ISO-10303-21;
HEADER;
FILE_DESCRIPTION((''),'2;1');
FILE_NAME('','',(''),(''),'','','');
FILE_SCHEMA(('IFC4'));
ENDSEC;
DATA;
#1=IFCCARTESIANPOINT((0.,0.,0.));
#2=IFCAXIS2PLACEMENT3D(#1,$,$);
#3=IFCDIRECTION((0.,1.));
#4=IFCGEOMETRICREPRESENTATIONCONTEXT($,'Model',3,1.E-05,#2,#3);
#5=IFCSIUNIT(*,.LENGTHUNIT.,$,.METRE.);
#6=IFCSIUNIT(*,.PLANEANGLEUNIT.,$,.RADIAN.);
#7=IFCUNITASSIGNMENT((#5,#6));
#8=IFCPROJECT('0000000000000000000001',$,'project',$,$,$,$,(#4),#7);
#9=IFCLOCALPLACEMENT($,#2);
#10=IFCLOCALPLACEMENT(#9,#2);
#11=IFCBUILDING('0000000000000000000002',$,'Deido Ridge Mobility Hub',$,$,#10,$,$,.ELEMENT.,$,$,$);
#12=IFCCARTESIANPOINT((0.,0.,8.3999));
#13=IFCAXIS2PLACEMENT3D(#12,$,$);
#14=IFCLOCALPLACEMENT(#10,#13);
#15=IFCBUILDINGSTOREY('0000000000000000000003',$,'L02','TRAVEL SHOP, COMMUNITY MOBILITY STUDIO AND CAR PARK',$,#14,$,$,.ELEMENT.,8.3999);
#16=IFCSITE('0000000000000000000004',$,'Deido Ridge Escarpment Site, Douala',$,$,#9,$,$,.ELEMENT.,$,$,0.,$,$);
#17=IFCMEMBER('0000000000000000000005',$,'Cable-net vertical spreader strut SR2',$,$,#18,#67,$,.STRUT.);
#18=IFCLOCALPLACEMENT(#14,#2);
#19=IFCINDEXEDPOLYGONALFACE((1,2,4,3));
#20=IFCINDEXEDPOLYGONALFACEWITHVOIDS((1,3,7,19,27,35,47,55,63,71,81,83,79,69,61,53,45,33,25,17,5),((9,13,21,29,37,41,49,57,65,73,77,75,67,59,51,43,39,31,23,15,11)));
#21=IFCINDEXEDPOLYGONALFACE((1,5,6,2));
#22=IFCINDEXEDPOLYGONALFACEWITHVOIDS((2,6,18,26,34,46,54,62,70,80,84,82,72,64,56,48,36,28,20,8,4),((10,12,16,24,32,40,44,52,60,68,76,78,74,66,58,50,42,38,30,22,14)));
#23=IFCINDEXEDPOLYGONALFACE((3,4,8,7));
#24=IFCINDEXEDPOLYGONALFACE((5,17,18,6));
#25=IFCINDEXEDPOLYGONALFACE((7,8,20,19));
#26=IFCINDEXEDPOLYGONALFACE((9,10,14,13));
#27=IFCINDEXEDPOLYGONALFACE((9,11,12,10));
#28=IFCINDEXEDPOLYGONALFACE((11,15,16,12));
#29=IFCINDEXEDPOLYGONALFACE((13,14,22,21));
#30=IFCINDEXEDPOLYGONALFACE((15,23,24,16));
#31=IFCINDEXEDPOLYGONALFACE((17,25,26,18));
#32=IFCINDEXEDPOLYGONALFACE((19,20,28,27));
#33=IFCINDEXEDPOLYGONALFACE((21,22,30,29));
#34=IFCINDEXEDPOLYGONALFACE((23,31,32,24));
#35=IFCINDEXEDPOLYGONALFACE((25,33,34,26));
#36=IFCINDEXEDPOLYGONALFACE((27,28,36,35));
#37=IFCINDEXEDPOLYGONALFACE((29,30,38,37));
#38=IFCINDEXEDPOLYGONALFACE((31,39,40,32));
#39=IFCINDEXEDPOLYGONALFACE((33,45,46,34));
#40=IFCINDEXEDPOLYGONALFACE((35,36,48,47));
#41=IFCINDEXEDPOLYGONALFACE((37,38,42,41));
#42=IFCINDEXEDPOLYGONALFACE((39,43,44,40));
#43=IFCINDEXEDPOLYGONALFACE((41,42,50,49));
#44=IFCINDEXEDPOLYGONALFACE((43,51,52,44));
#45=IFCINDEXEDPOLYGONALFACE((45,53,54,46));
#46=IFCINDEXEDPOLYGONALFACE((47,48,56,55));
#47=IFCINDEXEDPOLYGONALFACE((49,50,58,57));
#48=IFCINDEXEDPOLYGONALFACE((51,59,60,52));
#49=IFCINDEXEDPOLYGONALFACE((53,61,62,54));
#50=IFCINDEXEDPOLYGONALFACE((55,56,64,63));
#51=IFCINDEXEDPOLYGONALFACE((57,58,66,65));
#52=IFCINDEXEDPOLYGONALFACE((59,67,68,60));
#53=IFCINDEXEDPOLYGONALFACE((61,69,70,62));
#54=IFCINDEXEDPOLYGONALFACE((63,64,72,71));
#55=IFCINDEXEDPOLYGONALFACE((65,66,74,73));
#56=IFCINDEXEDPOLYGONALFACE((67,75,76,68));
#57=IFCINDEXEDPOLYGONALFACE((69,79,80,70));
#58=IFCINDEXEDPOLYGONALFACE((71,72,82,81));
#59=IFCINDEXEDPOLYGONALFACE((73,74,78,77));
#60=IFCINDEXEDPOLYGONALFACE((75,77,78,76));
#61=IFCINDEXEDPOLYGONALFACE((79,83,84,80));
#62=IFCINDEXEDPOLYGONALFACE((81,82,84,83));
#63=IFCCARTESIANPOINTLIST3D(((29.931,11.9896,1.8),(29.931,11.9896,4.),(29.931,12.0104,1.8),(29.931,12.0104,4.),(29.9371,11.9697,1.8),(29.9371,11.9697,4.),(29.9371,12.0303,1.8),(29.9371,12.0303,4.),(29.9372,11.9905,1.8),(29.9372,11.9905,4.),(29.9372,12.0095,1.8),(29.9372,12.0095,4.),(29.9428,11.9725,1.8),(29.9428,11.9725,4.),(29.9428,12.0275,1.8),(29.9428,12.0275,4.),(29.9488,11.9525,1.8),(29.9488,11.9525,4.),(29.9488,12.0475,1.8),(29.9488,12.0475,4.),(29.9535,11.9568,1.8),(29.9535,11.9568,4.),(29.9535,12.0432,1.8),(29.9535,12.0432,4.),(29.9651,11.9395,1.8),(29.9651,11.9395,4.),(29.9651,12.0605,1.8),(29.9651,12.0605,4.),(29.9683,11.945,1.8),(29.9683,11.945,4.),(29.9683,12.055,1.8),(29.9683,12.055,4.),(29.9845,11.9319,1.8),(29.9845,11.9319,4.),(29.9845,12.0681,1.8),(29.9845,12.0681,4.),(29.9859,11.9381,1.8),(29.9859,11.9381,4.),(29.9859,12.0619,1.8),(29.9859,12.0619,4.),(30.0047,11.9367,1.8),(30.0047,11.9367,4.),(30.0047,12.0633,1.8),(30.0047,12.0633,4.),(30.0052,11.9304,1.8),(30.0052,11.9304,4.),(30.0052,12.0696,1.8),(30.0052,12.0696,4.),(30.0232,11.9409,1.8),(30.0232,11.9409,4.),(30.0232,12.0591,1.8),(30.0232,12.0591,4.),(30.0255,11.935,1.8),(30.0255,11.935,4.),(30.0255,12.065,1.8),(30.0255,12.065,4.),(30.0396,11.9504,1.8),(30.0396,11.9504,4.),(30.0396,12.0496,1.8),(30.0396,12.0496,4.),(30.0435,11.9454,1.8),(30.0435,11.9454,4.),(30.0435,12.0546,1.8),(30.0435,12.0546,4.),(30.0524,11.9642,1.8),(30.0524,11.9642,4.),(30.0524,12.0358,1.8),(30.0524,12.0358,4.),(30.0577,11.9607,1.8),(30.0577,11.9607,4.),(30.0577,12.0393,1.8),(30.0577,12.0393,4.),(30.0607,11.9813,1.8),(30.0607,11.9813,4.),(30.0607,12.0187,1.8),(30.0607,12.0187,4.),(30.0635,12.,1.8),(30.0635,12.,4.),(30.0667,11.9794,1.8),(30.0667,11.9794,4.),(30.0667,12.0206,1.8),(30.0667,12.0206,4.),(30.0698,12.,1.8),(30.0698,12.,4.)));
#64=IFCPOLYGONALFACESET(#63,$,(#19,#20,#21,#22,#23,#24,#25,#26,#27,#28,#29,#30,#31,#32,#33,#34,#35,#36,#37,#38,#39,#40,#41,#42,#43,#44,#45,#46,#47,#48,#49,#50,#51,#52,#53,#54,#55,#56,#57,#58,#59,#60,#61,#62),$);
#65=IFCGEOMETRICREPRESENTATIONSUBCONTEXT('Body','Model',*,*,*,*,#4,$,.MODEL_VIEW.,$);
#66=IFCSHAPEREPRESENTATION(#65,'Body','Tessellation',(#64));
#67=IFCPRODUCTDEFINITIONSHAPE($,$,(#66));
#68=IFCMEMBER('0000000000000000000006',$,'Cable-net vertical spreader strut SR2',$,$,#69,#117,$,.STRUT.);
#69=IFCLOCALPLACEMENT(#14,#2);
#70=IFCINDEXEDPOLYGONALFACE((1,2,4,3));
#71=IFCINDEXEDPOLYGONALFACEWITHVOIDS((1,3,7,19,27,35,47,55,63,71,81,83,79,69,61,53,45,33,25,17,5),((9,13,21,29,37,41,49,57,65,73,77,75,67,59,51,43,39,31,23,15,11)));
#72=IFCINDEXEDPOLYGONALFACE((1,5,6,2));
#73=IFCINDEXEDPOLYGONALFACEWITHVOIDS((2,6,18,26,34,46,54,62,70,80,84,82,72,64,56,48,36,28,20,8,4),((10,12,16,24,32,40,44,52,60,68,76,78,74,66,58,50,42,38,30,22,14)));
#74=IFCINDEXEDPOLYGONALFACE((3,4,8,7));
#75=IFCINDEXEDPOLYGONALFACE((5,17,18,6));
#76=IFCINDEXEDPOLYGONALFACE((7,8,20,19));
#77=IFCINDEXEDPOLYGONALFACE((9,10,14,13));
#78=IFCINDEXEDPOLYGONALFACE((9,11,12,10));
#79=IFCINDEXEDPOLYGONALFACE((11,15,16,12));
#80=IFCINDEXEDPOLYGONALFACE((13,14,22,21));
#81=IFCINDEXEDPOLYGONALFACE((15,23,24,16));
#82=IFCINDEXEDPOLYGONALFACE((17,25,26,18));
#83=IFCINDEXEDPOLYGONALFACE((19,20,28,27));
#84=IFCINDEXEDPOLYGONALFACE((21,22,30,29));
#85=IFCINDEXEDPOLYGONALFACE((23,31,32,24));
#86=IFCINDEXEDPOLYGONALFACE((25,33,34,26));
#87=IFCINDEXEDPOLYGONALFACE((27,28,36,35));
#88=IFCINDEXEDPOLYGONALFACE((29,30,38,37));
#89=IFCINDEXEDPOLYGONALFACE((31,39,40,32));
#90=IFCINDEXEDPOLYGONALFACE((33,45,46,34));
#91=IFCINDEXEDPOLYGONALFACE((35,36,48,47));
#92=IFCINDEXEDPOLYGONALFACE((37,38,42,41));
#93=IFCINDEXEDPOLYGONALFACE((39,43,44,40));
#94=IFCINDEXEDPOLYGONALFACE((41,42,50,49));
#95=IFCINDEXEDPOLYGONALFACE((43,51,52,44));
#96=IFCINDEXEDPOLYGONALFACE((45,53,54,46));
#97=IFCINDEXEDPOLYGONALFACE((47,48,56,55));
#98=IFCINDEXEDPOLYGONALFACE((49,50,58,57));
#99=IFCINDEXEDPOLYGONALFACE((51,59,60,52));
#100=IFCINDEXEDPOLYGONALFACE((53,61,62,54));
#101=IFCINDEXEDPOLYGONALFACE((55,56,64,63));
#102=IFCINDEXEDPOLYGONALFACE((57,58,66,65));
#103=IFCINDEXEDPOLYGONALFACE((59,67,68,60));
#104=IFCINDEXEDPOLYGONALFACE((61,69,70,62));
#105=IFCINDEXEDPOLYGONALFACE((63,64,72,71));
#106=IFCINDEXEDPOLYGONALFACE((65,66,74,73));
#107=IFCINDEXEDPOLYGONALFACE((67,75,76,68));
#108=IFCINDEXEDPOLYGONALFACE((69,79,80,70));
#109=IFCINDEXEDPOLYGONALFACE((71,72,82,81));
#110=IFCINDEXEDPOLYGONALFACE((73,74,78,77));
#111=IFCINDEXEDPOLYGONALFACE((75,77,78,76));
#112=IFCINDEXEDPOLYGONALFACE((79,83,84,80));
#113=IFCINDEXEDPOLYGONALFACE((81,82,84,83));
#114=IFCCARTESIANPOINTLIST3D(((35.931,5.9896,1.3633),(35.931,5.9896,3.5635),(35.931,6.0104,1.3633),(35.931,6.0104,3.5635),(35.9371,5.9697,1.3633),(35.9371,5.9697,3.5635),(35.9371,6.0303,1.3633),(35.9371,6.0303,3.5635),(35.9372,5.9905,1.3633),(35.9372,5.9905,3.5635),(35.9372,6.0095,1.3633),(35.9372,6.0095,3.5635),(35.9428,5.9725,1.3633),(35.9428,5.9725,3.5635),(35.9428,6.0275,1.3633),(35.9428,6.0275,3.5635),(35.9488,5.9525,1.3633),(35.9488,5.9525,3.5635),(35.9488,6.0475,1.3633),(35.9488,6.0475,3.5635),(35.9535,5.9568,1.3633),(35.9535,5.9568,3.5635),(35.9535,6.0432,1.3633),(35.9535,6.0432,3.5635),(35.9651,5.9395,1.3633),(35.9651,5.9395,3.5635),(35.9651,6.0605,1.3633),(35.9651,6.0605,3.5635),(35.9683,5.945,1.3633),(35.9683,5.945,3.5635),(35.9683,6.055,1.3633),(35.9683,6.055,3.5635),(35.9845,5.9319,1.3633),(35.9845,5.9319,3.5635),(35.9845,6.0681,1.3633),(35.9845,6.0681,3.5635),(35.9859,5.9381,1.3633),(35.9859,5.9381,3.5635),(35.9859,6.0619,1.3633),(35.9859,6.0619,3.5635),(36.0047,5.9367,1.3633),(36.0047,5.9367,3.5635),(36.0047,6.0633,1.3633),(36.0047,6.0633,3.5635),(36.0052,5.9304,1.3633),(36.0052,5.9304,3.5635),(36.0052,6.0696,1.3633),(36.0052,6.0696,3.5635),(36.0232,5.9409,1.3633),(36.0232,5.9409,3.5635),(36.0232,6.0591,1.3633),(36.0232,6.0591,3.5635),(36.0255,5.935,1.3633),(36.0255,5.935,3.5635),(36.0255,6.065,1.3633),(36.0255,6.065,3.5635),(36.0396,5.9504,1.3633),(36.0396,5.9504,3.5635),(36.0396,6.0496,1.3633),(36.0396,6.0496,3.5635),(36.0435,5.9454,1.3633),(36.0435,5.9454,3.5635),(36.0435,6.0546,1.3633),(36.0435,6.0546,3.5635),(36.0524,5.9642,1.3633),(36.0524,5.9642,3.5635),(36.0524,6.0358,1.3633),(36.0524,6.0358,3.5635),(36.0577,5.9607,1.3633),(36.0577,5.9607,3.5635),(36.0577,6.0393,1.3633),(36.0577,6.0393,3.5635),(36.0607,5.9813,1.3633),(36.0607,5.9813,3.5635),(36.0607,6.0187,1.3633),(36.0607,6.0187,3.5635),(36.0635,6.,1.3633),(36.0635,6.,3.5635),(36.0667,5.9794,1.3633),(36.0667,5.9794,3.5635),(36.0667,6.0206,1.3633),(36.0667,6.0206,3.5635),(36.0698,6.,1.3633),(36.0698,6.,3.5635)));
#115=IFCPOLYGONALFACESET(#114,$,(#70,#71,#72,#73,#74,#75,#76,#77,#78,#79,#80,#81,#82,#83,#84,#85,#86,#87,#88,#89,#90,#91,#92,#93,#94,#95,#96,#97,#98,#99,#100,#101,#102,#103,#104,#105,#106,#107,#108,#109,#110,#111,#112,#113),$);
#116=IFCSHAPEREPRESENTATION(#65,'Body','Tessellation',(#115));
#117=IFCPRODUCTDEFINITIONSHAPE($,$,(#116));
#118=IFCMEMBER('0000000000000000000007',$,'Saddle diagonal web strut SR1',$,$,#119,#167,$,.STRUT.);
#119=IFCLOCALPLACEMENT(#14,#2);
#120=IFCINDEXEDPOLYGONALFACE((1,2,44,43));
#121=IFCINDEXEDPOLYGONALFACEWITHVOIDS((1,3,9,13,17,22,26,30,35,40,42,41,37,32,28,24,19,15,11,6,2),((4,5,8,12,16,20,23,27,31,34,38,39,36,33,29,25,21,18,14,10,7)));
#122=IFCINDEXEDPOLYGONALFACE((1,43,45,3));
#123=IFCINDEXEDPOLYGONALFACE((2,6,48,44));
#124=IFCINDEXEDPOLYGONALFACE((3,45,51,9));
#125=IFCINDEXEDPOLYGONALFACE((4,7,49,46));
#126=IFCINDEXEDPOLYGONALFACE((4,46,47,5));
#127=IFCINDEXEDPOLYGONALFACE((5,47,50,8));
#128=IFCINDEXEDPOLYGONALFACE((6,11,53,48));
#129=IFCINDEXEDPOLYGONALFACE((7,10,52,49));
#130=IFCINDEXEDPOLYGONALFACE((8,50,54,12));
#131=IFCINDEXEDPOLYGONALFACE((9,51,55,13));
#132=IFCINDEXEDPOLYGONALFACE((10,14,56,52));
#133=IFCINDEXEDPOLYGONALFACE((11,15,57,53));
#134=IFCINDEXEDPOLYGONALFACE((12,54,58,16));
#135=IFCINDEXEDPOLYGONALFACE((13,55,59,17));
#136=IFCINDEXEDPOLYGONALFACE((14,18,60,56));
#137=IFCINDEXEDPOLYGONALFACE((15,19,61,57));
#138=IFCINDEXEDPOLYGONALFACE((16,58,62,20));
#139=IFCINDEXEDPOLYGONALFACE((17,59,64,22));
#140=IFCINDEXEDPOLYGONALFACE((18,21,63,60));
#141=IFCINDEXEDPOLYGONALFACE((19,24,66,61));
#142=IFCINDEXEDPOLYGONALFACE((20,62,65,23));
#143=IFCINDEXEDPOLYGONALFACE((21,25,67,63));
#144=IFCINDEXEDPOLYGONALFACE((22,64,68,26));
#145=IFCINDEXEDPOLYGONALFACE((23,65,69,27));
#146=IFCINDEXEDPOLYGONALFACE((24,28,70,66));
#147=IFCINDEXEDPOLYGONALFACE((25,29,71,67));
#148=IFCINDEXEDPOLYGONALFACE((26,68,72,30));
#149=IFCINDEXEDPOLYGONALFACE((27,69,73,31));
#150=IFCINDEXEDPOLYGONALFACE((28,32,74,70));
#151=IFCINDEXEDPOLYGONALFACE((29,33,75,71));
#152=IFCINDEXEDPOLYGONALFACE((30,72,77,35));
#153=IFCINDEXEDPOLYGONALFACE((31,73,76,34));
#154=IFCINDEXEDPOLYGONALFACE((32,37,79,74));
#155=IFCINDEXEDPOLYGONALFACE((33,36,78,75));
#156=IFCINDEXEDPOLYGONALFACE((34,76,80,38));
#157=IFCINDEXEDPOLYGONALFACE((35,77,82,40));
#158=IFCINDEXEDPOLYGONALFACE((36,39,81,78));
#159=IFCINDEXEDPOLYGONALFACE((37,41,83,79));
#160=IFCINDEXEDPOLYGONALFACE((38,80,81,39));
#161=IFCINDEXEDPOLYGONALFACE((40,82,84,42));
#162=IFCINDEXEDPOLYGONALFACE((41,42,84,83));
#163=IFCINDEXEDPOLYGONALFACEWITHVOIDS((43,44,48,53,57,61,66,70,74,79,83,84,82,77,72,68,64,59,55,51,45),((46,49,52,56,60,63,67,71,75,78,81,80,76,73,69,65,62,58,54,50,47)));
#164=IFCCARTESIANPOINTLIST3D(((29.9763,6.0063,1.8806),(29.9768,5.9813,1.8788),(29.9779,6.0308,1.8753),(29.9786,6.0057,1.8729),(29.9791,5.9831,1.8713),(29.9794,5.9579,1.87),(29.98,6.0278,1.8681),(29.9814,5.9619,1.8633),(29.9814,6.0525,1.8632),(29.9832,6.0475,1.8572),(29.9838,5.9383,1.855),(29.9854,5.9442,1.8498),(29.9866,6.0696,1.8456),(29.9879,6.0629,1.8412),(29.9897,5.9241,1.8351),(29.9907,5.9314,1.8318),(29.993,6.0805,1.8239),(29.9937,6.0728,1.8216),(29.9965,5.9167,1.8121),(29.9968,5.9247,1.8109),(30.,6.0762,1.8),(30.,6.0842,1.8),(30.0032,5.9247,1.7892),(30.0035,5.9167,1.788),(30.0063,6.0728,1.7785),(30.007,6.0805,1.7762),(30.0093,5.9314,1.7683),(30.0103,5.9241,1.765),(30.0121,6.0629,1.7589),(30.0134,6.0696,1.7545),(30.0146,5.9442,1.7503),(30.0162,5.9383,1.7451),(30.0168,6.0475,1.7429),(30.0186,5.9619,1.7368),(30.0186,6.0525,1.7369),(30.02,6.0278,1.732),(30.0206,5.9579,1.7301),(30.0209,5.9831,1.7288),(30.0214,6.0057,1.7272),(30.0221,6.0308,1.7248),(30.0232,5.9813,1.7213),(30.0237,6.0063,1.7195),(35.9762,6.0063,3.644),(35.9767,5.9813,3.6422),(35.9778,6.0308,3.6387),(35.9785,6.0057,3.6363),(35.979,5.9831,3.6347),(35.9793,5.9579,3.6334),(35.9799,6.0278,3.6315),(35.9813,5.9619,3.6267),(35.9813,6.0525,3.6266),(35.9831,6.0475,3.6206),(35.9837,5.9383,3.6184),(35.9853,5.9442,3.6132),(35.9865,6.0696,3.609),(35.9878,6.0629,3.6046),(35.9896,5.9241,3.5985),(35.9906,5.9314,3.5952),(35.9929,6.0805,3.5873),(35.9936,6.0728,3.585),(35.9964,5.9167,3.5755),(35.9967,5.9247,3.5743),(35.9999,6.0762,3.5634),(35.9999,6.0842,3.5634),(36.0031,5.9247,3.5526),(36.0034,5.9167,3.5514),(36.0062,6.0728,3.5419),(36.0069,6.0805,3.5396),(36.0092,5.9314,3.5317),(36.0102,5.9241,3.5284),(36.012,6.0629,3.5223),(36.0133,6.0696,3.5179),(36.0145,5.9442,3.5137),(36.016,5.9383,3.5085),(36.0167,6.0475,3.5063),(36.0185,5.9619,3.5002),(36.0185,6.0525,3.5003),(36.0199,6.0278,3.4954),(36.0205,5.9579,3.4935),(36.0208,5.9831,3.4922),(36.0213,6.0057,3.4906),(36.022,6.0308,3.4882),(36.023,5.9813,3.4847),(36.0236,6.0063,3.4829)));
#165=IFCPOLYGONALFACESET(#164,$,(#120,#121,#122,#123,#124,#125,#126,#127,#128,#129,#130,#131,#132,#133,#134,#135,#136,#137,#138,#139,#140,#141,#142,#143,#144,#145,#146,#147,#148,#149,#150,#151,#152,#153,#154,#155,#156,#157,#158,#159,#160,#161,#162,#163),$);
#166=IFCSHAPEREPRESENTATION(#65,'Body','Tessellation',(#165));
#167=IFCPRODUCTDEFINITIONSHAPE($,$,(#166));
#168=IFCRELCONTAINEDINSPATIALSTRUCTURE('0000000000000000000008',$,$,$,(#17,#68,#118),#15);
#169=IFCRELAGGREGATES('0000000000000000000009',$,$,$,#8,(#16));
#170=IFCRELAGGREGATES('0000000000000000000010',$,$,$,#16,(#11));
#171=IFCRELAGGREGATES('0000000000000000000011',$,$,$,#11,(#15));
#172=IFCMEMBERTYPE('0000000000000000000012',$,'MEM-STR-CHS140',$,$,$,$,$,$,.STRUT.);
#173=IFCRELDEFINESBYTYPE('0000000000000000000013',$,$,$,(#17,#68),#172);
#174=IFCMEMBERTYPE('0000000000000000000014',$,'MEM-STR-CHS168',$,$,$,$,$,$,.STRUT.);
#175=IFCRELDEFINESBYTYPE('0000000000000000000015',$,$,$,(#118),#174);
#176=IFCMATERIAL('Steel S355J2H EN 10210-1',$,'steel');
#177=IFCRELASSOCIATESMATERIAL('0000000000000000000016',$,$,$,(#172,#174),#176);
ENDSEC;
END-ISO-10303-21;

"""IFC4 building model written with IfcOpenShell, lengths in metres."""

from ifc_helpers import new_model, si_unit, direction, frame, origin, origin_2d, place, context, subcontext, project, spatial, hollow_circle, extrude, material, material_profile, profile_set, type_object, element, save


model = new_model("IFC4")

# Units and contexts
model_context = context("Model", 3, precision=1e-05, world=origin(), true_north=direction((0.0, 1.0)))
body_context = subcontext(model_context, "Body", "Model", "MODEL_VIEW")
ifc_project = project(units=[si_unit("LENGTHUNIT", "METRE"), si_unit("PLANEANGLEUNIT", "RADIAN")], contexts=[model_context])

# Site, building, storey
site_placement = place(None, origin())
site = spatial("IfcSite", under=ifc_project, at=site_placement, Name="Deido Ridge Escarpment Site, Douala", CompositionType="ELEMENT", RefElevation=0.0)
building_placement = place(site_placement, origin())
building = spatial("IfcBuilding", under=site, at=building_placement, Name="Deido Ridge Mobility Hub", CompositionType="ELEMENT")
storey_placement = place(building_placement, frame((0.0, 0.0, 8.3999)))
storey = spatial("IfcBuildingStorey", under=building, at=storey_placement, Name="L02", Description="TRAVEL SHOP, COMMUNITY MOBILITY STUDIO AND CAR PARK", CompositionType="ELEMENT", Elevation=8.3999)

# Shared definitions
ifc_material_1 = material(Name="Steel S355J2H EN 10210-1", Category="steel")

# Members
ifc_material_profile_1 = material_profile(ifc_material_1, hollow_circle(Radius=0.0698, WallThickness=0.0063, at=origin_2d()), Name="CHS 139.7x6.3")
ifc_profile_set_1 = profile_set([ifc_material_profile_1], Name="Steel S355J2H EN 10210-1")
member_type_1 = type_object("IfcMemberType", Name="MEM-STR-CHS140", PredefinedType="STRUT", material=ifc_profile_set_1)
for number, where, z_axis, x_axis, name in (
    (1, (30.0, 12.0, 1.8), (0.0, 0.0, 1.0), (1.0, 0.0, 0.0), "Cable-net vertical spreader strut SR2"),
):
    element("IfcMember", number, at=place(storey_placement, frame(where, z_axis=z_axis, x_axis=x_axis)), inside=storey, type_object=member_type_1, Name=name, PredefinedType="STRUT", context=body_context, shape_type="SweptSolid", body=[
        extrude(hollow_circle(Radius=0.0698, WallThickness=0.0063, at=origin_2d()), origin(), (0.0, 0.0, 1.0), 2.2),
    ])
member_1_placement = place(storey_placement, frame((36.0, 6.0, 1.3633), z_axis=(0.0, 0.0, 1.0), x_axis=(1.0, 0.0, 0.0)))
element("IfcMember", 2, at=member_1_placement, inside=storey, type_object=member_type_1, Name="Cable-net vertical spreader strut SR2", PredefinedType="STRUT", context=body_context, shape_type="SweptSolid", body=[
    extrude(hollow_circle(Radius=0.0698, WallThickness=0.0063, at=origin_2d()), origin(), (0.0, 0.0, 1.0), 2.2002),
])
ifc_material_profile_2 = material_profile(ifc_material_1, hollow_circle(Radius=0.0842, WallThickness=0.0081, at=origin_2d()), Name="CHS 168.3x8")
ifc_profile_set_2 = profile_set([ifc_material_profile_2], Name="Steel S355J2H EN 10210-1")
member_type_2 = type_object("IfcMemberType", Name="MEM-STR-CHS168", PredefinedType="STRUT", material=ifc_profile_set_2)
for number, where, z_axis, x_axis, name in (
    (3, (30.0, 6.0, 1.8), (0.959421, 0.0, 0.281978), (0.0, 1.0, 0.0), "Saddle diagonal web strut SR1"),
):
    element("IfcMember", number, at=place(storey_placement, frame(where, z_axis=z_axis, x_axis=x_axis)), inside=storey, type_object=member_type_2, Name=name, PredefinedType="STRUT", context=body_context, shape_type="SweptSolid", body=[
        extrude(hollow_circle(Radius=0.0842, WallThickness=0.0081, at=origin_2d()), origin(), (0.0, 0.0, 1.0), 6.2537),
    ])

save(model, "model.ifc")
